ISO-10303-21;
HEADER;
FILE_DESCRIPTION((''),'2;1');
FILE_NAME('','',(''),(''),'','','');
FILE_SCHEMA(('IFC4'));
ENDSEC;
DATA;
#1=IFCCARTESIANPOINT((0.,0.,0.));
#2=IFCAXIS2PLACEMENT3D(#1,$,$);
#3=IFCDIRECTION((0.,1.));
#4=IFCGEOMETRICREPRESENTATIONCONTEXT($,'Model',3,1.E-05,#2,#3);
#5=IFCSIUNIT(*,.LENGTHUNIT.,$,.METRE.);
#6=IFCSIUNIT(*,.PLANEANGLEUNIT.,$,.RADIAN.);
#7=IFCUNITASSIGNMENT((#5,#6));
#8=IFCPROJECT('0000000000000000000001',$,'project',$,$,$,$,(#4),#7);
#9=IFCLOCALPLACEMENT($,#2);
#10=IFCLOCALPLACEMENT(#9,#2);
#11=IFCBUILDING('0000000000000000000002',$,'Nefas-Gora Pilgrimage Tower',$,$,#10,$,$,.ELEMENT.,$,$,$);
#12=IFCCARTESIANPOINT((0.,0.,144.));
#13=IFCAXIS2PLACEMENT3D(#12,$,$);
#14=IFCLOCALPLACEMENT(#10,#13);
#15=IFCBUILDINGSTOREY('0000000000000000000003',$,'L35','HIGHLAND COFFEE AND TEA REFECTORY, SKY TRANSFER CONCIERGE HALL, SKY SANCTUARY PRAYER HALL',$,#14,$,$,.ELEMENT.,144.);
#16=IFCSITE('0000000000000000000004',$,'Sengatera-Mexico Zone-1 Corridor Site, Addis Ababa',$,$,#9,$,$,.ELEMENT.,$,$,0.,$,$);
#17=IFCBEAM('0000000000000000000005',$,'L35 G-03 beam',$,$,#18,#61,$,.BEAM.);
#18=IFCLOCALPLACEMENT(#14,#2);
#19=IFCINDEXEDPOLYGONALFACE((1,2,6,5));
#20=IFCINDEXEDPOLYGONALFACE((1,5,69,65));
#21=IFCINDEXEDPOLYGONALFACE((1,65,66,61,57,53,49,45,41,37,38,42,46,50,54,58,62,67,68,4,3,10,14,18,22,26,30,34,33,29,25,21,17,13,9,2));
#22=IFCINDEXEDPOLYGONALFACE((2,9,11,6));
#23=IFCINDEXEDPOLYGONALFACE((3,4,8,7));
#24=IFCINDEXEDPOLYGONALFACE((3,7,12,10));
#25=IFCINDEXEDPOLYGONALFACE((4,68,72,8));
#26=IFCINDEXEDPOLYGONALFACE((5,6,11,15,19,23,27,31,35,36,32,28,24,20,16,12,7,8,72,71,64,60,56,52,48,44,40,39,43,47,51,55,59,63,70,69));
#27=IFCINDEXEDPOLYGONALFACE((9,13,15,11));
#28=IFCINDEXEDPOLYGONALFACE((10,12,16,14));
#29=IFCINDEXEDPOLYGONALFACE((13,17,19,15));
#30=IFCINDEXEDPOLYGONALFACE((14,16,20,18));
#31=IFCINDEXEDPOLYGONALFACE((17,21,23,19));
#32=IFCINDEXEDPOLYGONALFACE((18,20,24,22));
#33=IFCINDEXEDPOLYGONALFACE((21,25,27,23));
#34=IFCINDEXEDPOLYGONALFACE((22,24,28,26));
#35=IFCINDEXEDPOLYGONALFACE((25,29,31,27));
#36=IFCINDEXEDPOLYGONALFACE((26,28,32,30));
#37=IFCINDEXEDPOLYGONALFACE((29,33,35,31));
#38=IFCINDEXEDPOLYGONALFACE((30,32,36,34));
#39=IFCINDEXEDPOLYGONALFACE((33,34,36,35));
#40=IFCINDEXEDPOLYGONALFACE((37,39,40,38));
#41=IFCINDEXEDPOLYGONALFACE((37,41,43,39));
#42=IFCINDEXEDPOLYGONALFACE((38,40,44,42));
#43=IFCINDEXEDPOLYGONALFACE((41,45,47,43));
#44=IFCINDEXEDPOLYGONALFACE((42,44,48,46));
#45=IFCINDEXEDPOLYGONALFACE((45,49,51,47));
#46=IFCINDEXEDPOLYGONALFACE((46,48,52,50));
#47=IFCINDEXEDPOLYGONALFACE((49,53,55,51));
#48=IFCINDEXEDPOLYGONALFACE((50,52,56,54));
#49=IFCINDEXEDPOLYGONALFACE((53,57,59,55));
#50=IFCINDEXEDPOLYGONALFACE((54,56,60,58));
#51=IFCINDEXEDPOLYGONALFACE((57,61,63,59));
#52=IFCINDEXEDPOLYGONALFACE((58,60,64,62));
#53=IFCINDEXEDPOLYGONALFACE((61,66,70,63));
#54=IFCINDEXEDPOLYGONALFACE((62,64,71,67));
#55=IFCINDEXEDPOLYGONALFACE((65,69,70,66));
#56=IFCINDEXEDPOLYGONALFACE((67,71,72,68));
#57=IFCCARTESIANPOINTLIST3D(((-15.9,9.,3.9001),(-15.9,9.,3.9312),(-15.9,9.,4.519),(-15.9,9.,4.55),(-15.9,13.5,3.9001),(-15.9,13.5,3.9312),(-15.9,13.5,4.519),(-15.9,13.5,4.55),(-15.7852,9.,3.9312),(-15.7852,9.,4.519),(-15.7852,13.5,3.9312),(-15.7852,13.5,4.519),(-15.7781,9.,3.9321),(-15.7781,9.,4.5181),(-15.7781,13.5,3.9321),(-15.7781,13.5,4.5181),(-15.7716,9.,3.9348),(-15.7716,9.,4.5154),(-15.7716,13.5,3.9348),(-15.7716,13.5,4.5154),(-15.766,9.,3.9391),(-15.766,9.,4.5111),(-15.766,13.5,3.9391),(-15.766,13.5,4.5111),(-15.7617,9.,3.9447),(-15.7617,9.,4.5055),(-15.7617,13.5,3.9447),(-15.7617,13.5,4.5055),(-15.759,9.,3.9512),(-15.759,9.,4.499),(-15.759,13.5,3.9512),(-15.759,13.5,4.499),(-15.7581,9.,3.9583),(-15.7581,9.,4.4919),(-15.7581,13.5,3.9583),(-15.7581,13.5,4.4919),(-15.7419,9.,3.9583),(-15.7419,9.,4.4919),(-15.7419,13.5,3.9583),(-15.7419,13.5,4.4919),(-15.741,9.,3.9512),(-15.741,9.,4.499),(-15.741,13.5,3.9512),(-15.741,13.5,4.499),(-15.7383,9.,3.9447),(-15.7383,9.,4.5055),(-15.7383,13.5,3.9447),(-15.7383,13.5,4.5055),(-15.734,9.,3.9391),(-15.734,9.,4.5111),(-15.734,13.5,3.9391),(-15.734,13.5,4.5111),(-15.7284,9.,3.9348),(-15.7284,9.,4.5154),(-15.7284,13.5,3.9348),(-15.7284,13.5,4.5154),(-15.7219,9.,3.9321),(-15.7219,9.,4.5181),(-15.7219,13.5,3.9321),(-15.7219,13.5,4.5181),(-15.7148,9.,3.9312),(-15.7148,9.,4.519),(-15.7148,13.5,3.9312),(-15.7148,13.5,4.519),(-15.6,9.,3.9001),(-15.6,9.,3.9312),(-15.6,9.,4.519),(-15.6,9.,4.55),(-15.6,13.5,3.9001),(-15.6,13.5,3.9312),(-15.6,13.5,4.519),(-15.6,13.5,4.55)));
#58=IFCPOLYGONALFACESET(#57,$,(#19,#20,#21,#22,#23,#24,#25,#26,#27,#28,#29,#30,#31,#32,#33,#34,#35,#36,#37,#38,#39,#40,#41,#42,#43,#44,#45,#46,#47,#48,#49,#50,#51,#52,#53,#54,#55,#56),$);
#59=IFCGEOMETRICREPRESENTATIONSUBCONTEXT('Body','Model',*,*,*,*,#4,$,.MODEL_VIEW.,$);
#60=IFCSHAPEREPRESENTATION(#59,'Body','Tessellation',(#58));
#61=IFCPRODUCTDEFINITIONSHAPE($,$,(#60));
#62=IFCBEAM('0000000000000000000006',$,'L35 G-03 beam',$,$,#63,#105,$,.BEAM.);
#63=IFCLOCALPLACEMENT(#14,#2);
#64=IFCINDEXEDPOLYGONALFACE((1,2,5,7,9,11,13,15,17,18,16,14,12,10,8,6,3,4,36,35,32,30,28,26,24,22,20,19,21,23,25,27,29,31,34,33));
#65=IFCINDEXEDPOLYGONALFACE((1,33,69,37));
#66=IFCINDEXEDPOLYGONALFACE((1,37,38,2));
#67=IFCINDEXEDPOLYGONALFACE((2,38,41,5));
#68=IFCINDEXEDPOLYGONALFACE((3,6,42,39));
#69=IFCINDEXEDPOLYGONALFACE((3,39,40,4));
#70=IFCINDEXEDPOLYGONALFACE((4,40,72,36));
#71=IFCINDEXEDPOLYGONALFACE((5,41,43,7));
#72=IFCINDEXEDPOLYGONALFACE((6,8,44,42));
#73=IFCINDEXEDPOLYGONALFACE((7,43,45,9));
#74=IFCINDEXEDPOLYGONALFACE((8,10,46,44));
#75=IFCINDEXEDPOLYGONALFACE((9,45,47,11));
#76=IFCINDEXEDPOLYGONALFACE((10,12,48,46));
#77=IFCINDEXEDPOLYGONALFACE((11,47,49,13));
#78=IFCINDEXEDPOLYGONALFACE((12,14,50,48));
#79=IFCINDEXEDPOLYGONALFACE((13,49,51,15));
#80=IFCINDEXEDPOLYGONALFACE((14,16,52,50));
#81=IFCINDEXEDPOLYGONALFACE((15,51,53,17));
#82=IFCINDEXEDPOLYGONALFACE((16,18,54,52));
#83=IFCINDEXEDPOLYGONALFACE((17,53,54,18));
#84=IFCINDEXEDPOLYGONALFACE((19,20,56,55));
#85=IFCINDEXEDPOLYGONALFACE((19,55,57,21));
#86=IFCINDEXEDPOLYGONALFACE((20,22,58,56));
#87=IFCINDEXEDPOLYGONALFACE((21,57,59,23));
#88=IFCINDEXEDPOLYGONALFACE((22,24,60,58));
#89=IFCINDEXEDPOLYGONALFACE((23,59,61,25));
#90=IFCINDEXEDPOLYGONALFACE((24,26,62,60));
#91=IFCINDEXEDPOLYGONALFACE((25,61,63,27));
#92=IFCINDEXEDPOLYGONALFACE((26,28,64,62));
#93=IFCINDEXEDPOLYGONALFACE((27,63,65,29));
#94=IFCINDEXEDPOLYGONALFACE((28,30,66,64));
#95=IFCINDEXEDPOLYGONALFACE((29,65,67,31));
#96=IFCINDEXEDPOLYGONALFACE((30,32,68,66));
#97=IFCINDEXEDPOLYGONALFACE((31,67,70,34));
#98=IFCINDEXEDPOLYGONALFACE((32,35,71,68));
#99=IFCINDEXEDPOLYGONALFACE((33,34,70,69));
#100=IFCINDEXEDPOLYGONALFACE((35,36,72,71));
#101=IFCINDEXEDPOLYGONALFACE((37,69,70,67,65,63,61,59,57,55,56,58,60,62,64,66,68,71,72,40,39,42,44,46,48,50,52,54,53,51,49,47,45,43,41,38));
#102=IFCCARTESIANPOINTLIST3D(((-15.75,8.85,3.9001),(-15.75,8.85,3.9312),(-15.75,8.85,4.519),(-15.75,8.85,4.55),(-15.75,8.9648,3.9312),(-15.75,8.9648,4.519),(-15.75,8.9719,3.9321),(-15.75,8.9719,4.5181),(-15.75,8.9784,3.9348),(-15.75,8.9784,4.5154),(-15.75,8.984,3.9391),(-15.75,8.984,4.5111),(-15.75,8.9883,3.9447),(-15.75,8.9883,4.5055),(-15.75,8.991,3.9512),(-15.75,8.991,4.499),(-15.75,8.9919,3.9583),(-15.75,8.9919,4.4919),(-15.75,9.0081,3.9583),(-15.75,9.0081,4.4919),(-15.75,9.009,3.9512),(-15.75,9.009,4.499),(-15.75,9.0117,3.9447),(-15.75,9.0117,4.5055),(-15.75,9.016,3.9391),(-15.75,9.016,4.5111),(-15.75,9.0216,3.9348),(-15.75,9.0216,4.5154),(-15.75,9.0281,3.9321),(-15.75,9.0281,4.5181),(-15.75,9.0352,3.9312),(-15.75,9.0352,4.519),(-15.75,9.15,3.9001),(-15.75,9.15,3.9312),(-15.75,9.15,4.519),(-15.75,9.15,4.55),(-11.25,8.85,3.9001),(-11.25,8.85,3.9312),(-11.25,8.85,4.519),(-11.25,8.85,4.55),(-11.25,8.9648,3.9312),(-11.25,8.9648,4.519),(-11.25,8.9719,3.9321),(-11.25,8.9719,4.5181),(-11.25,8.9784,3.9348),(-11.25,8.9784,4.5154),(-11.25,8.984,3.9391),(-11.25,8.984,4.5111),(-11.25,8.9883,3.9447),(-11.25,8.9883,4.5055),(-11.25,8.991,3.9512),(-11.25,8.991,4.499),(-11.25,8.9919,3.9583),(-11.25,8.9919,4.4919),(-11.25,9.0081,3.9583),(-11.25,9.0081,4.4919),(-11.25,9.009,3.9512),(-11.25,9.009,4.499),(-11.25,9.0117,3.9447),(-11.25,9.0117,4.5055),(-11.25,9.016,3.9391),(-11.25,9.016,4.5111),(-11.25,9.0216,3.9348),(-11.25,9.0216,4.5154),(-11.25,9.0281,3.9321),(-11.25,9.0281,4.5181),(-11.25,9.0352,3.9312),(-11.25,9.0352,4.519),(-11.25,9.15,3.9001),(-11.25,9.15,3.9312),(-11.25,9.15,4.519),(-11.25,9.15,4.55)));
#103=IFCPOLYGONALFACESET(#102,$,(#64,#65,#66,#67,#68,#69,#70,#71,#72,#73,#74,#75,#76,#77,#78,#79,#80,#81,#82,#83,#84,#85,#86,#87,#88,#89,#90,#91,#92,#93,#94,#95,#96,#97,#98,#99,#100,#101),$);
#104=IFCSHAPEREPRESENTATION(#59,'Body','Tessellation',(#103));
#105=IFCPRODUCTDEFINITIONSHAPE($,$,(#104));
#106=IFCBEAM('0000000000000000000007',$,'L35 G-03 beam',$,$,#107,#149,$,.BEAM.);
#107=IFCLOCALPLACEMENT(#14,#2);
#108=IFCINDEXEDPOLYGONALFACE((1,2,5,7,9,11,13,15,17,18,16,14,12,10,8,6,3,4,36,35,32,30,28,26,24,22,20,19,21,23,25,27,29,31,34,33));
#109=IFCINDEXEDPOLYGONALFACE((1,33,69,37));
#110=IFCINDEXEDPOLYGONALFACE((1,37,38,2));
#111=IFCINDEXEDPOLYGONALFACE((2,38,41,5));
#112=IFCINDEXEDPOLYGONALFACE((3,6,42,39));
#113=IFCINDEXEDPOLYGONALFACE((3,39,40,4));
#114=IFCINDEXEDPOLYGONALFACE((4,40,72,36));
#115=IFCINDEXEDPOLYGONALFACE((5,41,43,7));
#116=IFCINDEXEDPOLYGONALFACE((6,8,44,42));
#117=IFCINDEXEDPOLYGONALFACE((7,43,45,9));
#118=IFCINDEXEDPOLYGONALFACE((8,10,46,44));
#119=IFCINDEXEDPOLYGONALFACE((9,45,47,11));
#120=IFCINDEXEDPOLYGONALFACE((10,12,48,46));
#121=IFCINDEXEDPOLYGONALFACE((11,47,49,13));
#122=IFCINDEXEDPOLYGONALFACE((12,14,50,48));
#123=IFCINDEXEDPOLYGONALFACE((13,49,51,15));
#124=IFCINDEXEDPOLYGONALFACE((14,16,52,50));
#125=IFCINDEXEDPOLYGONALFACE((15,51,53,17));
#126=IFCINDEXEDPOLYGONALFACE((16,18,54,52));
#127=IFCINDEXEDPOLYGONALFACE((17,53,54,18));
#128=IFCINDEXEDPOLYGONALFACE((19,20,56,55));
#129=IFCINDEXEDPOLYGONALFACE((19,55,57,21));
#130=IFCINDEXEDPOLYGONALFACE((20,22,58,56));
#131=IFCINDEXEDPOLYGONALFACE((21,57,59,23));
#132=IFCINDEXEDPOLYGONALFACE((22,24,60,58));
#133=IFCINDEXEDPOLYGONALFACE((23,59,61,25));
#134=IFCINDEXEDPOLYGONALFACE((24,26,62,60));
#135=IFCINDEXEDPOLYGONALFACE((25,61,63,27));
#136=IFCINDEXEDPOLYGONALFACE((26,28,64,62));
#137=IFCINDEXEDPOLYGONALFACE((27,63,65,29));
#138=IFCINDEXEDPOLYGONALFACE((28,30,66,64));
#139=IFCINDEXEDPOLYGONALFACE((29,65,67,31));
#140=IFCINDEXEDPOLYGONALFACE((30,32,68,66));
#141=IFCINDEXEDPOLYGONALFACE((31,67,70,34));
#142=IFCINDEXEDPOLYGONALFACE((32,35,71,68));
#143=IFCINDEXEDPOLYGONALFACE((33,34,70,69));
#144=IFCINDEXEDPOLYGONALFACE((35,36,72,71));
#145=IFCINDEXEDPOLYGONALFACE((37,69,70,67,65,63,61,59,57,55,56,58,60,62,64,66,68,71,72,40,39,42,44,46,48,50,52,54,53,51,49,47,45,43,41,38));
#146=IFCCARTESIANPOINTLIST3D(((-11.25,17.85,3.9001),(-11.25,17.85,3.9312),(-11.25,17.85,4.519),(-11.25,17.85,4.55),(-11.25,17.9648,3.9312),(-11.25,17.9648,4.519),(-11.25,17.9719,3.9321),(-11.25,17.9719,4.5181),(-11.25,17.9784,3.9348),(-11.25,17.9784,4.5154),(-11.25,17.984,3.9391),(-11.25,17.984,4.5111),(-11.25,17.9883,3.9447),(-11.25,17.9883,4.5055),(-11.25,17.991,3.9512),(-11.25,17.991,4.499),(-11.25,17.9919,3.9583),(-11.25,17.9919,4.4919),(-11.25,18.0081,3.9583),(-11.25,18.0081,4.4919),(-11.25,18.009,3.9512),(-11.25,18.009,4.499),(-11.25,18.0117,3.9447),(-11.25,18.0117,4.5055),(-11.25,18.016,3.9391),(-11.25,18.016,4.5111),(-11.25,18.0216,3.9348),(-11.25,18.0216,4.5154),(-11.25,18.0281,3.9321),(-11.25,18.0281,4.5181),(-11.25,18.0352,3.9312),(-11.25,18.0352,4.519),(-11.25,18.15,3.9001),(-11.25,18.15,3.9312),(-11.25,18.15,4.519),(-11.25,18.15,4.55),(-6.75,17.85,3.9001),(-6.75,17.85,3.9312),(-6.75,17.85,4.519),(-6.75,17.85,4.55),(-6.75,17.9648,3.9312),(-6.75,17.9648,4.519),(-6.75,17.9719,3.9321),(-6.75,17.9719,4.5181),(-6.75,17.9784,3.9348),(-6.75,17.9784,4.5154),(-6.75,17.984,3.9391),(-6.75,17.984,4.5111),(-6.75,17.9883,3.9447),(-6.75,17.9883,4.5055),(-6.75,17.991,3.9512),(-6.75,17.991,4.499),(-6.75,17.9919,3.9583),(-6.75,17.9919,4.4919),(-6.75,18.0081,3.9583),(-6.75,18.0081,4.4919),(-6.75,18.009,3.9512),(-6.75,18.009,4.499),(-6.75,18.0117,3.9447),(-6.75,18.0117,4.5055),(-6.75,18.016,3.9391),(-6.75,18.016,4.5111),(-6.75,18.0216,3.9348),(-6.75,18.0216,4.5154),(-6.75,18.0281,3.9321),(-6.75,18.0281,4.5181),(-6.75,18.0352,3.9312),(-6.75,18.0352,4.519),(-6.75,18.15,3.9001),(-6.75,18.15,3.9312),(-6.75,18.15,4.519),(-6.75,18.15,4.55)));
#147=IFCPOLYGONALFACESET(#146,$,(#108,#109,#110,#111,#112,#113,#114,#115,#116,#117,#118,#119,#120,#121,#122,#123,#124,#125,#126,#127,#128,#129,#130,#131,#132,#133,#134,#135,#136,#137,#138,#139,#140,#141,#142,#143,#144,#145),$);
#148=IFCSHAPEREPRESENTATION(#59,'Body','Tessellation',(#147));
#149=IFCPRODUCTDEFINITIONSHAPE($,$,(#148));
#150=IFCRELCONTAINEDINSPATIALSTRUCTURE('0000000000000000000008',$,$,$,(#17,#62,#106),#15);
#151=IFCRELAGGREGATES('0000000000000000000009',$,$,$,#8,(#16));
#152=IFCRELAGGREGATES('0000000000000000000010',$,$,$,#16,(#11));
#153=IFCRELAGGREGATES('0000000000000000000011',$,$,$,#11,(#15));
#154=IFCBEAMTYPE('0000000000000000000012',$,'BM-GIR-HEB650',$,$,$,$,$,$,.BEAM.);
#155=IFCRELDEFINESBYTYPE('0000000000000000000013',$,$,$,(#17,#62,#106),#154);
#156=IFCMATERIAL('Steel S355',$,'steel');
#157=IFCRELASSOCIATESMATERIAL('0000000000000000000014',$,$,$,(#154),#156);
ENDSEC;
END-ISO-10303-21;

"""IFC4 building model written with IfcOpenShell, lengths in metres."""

from ifc_helpers import new_model, si_unit, direction, frame, origin, origin_2d, place, context, subcontext, project, spatial, i_section, extrude, source, transform, mapped, material, material_profile, profile_set, type_object, element, save


model = new_model("IFC4")

# Units and contexts
model_context = context("Model", 3, precision=1e-05, world=origin(), true_north=direction((0.0, 1.0)))
body_context = subcontext(model_context, "Body", "Model", "MODEL_VIEW")
ifc_project = project(units=[si_unit("LENGTHUNIT", "METRE"), si_unit("PLANEANGLEUNIT", "RADIAN")], contexts=[model_context])

# Site, building, storey
site_placement = place(None, origin())
site = spatial("IfcSite", under=ifc_project, at=site_placement, Name="Sengatera-Mexico Zone-1 Corridor Site, Addis Ababa", CompositionType="ELEMENT", RefElevation=0.0)
building_placement = place(site_placement, origin())
building = spatial("IfcBuilding", under=site, at=building_placement, Name="Nefas-Gora Pilgrimage Tower", CompositionType="ELEMENT")
storey_placement = place(building_placement, frame((0.0, 0.0, 144.0)))
storey = spatial("IfcBuildingStorey", under=building, at=storey_placement, Name="L35", Description="HIGHLAND COFFEE AND TEA REFECTORY, SKY TRANSFER CONCIERGE HALL, SKY SANCTUARY PRAYER HALL", CompositionType="ELEMENT", Elevation=144.0)

# Beams
ifc_material_1 = material(Name="Steel S355", Category="steel")
ifc_material_profile_1 = material_profile(ifc_material_1, i_section(OverallWidth=0.3, OverallDepth=0.6499, WebThickness=0.0161, FlangeThickness=0.031, FilletRadius=0.0271, at=origin_2d()), Name="HEB 650")
ifc_profile_set_1 = profile_set([ifc_material_profile_1], Name="Steel S355")
beam_type_1 = type_object("IfcBeamType", Name="BM-GIR-HEB650", PredefinedType="BEAM", material=ifc_profile_set_1)
shared_shape_1 = source(origin(), body_context, "Body", "SweptSolid", [
    extrude(i_section(OverallWidth=0.3, OverallDepth=0.6499, WebThickness=0.0161, FlangeThickness=0.031, FilletRadius=0.0271, at=origin_2d()), origin(), (0.0, 0.0, 1.0), 4.5),
])
for number, where, z_axis, x_axis, name in (
    (1, (-15.75, 9.0, 4.2251), (0.0, 1.0, 0.0), (-1.0, 0.0, 0.0), "L35 G-03 beam"),
    (2, (-15.75, 9.0, 4.2251), (1.0, 0.0, 0.0), (0.0, 1.0, 0.0), "L35 G-03 beam"),
    (3, (-11.25, 18.0, 4.2251), (1.0, 0.0, 0.0), (0.0, 1.0, 0.0), "L35 G-03 beam"),
):
    element("IfcBeam", number, at=place(storey_placement, frame(where, z_axis=z_axis, x_axis=x_axis)), inside=storey, type_object=beam_type_1, Name=name, PredefinedType="BEAM", context=body_context, shape_type="MappedRepresentation", body=[
        mapped(shared_shape_1, transform((0.0, 0.0, 0.0), x_axis=(1.0, 0.0, 0.0), y_axis=(0.0, 1.0, 0.0), z_axis=(0.0, 0.0, 1.0), scale=1.0)),
    ])

save(model, "model.ifc")
